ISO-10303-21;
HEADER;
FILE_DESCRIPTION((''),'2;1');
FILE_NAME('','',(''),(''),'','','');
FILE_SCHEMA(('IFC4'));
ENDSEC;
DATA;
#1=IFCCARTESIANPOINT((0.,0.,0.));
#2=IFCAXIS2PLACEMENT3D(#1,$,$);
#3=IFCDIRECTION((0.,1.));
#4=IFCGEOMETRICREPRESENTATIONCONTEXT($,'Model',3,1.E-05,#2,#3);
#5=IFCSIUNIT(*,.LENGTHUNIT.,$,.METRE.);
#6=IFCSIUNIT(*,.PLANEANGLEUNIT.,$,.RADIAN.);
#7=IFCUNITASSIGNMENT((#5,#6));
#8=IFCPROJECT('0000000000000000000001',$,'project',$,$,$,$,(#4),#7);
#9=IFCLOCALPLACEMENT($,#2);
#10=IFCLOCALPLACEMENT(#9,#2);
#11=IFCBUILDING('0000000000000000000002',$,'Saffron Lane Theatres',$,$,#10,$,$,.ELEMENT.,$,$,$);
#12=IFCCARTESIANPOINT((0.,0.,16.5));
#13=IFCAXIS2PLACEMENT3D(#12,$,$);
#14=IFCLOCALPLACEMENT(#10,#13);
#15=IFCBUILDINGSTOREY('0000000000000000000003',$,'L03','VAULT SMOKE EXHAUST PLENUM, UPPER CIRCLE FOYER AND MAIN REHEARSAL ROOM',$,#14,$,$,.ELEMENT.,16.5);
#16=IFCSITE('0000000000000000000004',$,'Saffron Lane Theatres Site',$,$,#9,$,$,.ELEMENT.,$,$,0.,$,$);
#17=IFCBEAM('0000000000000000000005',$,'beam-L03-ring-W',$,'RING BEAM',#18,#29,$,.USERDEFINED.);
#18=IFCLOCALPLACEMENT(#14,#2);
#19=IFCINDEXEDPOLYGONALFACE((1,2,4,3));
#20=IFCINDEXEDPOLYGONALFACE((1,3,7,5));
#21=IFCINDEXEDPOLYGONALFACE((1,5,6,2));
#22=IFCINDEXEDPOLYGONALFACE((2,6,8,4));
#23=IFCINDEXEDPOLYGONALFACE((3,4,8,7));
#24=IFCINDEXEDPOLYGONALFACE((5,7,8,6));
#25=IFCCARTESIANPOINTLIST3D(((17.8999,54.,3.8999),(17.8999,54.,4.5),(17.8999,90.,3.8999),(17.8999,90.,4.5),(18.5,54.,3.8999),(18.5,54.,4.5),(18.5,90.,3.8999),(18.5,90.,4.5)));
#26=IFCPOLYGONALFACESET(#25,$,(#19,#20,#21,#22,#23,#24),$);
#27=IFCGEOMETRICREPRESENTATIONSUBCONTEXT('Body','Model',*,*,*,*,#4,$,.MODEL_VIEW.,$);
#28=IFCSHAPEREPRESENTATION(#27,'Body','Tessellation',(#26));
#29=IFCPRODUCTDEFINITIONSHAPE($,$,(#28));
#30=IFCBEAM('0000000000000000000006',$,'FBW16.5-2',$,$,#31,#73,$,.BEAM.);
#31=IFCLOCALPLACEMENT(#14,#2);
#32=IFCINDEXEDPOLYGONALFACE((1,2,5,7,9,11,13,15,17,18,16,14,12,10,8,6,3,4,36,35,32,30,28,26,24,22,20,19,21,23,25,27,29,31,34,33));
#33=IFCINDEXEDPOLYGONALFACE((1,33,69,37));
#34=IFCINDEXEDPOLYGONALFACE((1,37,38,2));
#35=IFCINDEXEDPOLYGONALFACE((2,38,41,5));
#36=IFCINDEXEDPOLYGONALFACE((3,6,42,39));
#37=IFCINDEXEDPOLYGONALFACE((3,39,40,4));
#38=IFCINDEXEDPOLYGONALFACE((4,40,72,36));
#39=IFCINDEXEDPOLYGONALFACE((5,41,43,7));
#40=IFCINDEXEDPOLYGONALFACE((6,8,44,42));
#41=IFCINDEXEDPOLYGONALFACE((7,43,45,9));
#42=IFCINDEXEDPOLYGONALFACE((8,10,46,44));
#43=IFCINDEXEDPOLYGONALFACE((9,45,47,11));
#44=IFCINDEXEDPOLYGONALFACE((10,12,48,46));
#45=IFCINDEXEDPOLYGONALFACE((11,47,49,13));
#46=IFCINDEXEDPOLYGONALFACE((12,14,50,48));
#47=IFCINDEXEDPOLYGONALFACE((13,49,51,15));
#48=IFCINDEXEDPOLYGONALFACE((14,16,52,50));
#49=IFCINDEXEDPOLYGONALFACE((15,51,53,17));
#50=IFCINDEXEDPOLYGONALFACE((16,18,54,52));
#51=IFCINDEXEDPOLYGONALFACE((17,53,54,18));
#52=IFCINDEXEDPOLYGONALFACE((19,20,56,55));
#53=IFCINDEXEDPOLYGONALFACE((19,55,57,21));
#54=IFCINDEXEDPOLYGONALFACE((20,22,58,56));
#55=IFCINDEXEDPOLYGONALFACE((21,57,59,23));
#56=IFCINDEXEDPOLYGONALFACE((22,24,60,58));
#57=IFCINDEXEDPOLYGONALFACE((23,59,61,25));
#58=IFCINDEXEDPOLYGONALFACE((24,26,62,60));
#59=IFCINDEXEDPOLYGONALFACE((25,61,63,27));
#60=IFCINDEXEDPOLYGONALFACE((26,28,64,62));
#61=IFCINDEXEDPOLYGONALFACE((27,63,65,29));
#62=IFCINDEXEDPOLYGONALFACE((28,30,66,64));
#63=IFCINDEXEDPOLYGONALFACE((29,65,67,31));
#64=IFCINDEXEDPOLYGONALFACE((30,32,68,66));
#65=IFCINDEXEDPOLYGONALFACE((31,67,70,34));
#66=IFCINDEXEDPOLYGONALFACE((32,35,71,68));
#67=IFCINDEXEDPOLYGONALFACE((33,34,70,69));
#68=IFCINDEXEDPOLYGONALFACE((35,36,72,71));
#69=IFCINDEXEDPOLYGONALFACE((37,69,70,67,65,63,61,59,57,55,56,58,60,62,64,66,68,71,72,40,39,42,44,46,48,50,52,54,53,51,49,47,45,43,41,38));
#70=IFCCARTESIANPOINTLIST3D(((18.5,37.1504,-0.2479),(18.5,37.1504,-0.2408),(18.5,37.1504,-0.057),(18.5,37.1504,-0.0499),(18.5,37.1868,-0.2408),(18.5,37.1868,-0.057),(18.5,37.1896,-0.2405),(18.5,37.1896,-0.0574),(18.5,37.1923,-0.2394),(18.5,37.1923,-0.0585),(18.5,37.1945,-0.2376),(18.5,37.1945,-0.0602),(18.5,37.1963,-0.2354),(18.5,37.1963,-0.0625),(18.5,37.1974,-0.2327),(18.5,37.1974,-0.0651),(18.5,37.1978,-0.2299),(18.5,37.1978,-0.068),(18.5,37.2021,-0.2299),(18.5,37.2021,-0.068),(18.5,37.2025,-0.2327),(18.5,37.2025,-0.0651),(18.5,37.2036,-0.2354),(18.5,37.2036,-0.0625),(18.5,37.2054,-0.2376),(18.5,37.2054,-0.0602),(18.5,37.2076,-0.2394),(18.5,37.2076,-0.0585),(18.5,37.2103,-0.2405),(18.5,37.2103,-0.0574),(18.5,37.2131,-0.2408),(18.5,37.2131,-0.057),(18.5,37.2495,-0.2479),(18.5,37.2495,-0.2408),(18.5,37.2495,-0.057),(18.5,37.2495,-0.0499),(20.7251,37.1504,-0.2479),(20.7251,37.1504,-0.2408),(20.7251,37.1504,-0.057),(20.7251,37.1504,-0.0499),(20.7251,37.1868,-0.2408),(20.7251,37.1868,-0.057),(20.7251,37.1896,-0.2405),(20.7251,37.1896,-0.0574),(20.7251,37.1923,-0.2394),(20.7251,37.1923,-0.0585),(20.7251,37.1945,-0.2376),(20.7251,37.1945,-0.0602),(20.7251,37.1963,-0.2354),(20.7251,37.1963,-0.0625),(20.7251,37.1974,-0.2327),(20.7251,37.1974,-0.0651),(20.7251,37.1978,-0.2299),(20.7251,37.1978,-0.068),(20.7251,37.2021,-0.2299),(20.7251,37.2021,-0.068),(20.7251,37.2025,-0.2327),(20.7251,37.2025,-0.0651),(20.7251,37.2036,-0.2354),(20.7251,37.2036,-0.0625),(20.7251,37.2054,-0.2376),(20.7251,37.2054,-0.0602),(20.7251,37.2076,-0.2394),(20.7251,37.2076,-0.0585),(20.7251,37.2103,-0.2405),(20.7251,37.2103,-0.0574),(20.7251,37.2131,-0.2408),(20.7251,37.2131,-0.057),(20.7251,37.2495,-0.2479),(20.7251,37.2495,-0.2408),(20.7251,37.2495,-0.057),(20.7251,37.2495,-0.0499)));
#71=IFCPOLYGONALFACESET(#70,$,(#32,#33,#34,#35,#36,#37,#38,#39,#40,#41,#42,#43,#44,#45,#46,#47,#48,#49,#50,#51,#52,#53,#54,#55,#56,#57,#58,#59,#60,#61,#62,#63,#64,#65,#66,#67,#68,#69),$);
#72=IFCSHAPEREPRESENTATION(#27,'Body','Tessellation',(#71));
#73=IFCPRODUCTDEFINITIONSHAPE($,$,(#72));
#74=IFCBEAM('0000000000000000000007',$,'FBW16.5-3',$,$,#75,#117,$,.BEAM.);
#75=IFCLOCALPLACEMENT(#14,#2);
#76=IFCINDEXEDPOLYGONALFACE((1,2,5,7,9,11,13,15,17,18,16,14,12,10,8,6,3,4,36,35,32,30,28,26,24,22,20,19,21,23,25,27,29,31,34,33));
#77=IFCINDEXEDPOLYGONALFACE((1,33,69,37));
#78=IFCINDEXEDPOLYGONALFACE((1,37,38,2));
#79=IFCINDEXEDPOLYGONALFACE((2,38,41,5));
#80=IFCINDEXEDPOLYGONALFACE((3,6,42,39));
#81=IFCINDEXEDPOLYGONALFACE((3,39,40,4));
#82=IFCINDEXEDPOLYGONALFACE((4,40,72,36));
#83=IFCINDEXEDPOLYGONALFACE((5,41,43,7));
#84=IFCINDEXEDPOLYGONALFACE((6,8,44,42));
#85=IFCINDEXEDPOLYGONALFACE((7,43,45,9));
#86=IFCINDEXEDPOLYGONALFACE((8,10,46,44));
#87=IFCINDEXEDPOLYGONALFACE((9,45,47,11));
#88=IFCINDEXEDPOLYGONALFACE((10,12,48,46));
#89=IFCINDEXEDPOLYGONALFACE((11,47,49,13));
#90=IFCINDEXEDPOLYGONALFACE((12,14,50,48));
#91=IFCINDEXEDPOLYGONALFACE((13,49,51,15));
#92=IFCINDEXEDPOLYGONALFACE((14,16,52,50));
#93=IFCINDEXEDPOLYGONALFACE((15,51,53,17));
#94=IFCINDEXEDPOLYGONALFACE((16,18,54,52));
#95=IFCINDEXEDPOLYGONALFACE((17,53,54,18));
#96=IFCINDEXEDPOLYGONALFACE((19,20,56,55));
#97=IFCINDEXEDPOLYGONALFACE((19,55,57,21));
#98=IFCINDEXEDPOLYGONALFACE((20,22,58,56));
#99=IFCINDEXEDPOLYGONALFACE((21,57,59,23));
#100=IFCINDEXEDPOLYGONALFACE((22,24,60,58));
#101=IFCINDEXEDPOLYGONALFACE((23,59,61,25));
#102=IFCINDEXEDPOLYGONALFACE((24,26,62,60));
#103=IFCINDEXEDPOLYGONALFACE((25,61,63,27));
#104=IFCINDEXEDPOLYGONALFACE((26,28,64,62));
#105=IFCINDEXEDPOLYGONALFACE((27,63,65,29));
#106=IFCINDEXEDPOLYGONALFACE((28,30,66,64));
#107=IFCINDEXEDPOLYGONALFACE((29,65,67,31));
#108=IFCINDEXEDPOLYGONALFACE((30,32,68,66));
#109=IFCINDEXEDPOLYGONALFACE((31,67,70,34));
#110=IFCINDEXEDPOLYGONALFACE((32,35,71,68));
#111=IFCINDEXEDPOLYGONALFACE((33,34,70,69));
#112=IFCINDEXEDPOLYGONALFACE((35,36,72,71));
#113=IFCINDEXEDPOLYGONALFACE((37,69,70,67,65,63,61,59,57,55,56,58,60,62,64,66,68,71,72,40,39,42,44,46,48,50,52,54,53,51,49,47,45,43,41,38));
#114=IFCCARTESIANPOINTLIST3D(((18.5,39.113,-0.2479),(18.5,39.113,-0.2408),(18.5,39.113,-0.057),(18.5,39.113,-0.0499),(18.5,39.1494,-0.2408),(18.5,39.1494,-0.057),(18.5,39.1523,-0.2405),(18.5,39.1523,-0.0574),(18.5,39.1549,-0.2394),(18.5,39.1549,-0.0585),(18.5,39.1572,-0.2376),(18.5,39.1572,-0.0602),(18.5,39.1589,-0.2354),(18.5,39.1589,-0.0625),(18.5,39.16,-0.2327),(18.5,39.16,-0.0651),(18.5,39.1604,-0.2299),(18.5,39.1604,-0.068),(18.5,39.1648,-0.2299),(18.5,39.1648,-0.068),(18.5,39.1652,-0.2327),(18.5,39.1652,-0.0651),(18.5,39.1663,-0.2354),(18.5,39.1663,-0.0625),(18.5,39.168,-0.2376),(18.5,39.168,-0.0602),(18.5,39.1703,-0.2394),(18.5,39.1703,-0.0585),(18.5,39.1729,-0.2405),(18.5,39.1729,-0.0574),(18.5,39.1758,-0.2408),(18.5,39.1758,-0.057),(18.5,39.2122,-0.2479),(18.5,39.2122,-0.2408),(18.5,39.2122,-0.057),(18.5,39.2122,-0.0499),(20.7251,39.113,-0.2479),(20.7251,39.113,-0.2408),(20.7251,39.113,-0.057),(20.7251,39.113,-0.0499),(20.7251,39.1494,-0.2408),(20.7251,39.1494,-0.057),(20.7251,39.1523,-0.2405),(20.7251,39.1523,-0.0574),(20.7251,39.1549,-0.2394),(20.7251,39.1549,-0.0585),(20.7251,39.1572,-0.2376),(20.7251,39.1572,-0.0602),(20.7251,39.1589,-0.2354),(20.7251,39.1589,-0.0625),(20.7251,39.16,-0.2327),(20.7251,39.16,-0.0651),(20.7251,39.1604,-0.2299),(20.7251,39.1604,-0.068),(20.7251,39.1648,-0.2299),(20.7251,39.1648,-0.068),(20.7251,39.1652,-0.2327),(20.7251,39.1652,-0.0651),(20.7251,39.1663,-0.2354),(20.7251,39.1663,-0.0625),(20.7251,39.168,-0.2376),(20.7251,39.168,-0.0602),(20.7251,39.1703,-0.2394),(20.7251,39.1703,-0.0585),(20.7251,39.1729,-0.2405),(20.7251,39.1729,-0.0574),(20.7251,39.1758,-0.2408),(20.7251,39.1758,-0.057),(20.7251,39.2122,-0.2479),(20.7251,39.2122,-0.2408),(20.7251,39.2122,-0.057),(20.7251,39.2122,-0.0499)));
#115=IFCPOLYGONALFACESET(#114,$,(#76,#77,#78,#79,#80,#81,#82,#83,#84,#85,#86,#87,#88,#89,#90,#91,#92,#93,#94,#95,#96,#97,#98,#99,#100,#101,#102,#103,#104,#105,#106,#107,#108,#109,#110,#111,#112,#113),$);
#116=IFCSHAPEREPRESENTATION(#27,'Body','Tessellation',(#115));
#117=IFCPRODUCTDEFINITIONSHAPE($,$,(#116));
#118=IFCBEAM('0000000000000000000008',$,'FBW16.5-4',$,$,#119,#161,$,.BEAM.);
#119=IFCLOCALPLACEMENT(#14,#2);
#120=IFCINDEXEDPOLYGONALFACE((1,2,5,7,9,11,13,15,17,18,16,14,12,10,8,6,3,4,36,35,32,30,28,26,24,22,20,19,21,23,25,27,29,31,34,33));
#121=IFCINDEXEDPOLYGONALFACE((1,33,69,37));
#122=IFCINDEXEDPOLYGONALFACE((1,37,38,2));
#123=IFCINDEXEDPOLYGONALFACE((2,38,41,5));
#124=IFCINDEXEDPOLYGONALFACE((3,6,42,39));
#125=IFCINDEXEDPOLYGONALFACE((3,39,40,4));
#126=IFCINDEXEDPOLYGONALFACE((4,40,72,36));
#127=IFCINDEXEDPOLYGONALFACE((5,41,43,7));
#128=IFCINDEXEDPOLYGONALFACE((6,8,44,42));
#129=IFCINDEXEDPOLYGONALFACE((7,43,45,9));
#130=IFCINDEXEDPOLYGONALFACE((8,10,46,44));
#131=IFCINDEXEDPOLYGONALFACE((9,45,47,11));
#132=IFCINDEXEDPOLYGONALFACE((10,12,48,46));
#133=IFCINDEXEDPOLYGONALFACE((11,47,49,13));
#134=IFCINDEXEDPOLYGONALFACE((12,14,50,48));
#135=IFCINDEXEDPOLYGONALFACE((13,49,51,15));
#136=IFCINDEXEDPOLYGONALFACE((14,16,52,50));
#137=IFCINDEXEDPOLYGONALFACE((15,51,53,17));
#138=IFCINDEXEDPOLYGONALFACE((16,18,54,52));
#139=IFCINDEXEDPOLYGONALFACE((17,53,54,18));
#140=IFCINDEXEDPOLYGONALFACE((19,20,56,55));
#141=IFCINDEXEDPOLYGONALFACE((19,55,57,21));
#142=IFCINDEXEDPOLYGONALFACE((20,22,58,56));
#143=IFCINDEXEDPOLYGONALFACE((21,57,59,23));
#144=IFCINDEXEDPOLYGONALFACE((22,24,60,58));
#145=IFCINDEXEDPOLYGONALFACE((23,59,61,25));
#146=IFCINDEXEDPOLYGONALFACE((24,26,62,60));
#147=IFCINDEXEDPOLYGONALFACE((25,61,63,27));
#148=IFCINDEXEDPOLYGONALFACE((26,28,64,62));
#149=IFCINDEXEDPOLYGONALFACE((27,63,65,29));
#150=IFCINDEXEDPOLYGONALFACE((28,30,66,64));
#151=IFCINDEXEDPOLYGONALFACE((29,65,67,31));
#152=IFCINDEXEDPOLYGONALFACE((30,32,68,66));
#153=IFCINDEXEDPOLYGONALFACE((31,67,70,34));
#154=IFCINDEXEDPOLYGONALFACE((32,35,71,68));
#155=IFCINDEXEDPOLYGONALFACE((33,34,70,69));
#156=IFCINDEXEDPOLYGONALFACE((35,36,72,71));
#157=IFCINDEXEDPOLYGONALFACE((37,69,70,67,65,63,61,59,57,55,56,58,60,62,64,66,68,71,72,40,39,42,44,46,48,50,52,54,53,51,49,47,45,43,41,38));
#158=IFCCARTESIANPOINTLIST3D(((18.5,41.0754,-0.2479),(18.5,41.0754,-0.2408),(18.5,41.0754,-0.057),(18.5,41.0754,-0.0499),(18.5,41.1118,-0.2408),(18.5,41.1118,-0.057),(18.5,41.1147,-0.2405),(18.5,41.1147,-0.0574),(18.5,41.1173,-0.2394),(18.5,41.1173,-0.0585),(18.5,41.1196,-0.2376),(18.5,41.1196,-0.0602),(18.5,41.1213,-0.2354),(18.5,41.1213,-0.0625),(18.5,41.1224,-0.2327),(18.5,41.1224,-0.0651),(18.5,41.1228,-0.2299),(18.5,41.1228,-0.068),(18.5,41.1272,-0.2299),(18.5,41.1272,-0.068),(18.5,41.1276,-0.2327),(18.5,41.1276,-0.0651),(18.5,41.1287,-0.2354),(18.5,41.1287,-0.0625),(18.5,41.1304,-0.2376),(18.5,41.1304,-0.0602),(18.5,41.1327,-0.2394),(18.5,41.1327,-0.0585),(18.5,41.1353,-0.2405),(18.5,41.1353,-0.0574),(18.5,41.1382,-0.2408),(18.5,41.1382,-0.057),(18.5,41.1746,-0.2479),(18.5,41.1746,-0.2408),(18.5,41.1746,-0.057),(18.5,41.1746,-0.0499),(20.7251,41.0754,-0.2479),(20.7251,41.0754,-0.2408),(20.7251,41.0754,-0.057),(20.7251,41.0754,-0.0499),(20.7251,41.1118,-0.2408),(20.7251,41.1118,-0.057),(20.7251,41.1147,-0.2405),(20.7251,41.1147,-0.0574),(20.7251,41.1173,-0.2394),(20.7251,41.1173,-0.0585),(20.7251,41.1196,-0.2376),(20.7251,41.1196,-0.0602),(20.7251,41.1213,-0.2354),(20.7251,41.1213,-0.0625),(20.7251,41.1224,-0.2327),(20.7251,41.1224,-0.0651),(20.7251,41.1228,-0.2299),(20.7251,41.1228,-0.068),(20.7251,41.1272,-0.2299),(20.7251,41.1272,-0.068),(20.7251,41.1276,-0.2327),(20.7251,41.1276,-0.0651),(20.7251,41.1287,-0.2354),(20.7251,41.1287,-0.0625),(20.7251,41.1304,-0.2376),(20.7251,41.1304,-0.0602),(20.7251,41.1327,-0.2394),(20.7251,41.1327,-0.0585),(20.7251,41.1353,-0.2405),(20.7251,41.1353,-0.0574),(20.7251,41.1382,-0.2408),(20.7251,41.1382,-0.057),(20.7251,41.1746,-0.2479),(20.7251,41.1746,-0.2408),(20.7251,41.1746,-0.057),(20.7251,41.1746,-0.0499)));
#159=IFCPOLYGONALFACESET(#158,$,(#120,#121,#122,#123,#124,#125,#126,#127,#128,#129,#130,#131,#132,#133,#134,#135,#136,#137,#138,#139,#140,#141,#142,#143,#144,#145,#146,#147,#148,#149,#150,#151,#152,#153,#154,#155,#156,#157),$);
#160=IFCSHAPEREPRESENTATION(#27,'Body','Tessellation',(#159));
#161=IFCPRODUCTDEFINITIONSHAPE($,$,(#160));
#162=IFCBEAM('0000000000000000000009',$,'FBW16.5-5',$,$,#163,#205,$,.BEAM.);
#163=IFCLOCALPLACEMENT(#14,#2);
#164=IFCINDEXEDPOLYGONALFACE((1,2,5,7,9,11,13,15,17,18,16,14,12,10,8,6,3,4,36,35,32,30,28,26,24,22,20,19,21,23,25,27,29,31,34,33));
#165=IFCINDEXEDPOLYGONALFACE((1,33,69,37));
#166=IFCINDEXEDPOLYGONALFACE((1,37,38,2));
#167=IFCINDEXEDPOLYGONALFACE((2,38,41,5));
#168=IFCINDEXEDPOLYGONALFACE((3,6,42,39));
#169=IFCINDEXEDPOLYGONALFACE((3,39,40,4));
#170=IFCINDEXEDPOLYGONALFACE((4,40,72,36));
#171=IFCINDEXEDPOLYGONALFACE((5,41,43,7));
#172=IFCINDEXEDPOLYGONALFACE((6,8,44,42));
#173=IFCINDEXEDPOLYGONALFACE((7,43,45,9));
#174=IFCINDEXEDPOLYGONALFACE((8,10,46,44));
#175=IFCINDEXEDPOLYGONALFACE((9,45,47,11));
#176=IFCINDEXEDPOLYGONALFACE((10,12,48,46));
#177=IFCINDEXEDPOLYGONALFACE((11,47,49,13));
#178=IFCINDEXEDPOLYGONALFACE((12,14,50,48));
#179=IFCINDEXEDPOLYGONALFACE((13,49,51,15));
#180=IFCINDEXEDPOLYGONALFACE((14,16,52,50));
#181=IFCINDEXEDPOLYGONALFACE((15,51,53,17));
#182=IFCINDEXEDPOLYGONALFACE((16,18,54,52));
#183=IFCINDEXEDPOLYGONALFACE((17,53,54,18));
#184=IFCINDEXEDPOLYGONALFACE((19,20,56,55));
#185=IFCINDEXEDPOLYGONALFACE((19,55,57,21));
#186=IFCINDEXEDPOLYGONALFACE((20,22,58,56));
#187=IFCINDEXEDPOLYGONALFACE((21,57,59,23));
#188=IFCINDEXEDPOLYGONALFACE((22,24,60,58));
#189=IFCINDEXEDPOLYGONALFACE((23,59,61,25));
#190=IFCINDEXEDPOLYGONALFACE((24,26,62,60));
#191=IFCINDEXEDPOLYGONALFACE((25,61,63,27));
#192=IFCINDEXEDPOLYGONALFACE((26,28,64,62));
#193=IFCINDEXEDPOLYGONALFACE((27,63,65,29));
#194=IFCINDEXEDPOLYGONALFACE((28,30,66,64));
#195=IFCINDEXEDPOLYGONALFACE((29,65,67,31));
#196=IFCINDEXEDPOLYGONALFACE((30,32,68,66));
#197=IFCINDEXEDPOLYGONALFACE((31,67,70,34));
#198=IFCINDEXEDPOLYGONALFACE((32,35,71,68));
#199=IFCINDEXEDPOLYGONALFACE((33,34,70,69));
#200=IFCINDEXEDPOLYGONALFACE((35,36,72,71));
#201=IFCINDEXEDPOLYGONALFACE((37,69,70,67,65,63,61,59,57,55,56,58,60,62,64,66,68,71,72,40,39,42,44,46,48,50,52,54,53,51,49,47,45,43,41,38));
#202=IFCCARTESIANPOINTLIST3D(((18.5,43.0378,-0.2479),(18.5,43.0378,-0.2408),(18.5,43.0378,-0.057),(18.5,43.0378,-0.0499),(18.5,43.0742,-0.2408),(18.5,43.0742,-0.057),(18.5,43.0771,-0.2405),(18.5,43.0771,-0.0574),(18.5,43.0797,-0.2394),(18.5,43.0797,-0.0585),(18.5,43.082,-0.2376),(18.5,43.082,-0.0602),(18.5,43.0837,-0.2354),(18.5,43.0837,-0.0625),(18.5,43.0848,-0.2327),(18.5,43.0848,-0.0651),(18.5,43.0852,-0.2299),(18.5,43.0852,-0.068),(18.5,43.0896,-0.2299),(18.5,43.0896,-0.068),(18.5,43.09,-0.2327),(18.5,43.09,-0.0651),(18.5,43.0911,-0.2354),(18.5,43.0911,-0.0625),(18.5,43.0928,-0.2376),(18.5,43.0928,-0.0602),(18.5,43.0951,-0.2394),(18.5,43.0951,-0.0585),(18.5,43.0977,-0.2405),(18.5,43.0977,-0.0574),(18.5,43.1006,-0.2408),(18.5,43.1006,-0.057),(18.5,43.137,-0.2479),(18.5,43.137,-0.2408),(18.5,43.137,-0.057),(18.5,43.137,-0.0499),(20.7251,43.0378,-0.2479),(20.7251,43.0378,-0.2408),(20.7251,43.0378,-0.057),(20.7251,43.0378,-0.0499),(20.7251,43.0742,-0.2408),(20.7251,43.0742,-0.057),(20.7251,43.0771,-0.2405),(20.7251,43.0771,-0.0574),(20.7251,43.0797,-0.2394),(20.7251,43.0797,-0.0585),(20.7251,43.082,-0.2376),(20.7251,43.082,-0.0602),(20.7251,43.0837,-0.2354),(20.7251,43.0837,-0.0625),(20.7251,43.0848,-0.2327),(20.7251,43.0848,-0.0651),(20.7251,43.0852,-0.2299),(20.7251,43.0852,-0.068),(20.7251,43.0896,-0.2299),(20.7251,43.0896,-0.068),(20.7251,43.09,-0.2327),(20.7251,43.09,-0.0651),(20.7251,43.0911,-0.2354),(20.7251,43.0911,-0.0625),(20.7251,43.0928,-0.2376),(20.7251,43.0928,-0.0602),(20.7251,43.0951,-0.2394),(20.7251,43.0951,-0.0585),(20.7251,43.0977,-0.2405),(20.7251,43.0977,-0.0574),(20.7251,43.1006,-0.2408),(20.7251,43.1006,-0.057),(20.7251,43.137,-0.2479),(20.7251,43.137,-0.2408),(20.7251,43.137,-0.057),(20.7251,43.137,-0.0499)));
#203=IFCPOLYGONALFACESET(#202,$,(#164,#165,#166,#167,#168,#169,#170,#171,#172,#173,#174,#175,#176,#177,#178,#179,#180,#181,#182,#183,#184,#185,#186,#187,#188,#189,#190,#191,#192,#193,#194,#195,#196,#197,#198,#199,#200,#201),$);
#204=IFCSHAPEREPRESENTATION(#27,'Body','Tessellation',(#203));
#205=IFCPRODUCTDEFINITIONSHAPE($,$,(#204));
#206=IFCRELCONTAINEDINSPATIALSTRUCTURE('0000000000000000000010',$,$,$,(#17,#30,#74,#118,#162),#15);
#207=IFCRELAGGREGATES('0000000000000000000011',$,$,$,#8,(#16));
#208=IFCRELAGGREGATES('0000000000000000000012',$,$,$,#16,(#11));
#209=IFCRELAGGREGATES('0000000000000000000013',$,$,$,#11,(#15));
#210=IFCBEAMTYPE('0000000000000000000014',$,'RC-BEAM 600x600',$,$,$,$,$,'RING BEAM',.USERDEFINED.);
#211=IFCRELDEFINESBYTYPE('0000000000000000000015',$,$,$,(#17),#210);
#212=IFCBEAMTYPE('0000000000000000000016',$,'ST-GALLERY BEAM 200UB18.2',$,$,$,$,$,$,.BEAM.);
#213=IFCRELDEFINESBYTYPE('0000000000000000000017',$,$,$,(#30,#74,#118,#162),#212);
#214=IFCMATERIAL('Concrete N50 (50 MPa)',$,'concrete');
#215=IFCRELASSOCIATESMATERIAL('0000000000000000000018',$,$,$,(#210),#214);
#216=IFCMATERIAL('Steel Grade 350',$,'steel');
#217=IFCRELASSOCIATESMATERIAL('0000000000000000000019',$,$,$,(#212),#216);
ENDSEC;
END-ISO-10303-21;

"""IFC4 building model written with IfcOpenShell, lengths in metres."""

from ifc_helpers import new_model, si_unit, direction, frame, origin, origin_2d, place, context, subcontext, project, spatial, rectangle, i_section, extrude, material, material_profile, profile_set, type_object, element, save


model = new_model("IFC4")

# Units and contexts
model_context = context("Model", 3, precision=1e-05, world=origin(), true_north=direction((0.0, 1.0)))
body_context = subcontext(model_context, "Body", "Model", "MODEL_VIEW")
ifc_project = project(units=[si_unit("LENGTHUNIT", "METRE"), si_unit("PLANEANGLEUNIT", "RADIAN")], contexts=[model_context])

# Site, building, storey
site_placement = place(None, origin())
site = spatial("IfcSite", under=ifc_project, at=site_placement, Name="Saffron Lane Theatres Site", CompositionType="ELEMENT", RefElevation=0.0)
building_placement = place(site_placement, origin())
building = spatial("IfcBuilding", under=site, at=building_placement, Name="Saffron Lane Theatres", CompositionType="ELEMENT")
storey_placement = place(building_placement, frame((0.0, 0.0, 16.5)))
storey = spatial("IfcBuildingStorey", under=building, at=storey_placement, Name="L03", Description="VAULT SMOKE EXHAUST PLENUM, UPPER CIRCLE FOYER AND MAIN REHEARSAL ROOM", CompositionType="ELEMENT", Elevation=16.5)

# Beams
ifc_material_1 = material(Name="Concrete N50 (50 MPa)", Category="concrete")
ifc_material_profile_1 = material_profile(ifc_material_1, rectangle(XDim=0.6001, YDim=0.6001, at=origin_2d()))
ifc_profile_set_1 = profile_set([ifc_material_profile_1], Name="Concrete N50 (50 MPa)")
beam_type_1 = type_object("IfcBeamType", Name="RC-BEAM 600x600", ElementType="RING BEAM", PredefinedType="USERDEFINED", material=ifc_profile_set_1)
beam_1_placement = place(storey_placement, frame((18.2, 54.0, 4.2), z_axis=(0.0, 1.0, 0.0), x_axis=(-1.0, 0.0, 0.0)))
element("IfcBeam", 1, at=beam_1_placement, inside=storey, type_object=beam_type_1, Name="beam-L03-ring-W", ObjectType="RING BEAM", PredefinedType="USERDEFINED", context=body_context, shape_type="SweptSolid", body=[
    extrude(rectangle(XDim=0.6001, YDim=0.6001, at=origin_2d()), origin(), (0.0, 0.0, 1.0), 36.0),
])
ifc_material_2 = material(Name="Steel Grade 350", Category="steel")
ifc_material_profile_2 = material_profile(ifc_material_2, i_section(OverallWidth=0.0991, OverallDepth=0.198, WebThickness=0.0044, FlangeThickness=0.0071, FilletRadius=0.011, at=origin_2d()))
ifc_profile_set_2 = profile_set([ifc_material_profile_2], Name="Steel Grade 350")
beam_type_2 = type_object("IfcBeamType", Name="ST-GALLERY BEAM 200UB18.2", PredefinedType="BEAM", material=ifc_profile_set_2)
for number, where, z_axis, x_axis, name in (
    (2, (18.5, 37.2, -0.1489), (1.0, 0.0, 0.0), (0.0, 1.0, 0.0), "FBW16.5-2"),
    (3, (18.5, 39.1626, -0.1489), (1.0, 0.0, 0.0), (0.0, 1.0, 0.0), "FBW16.5-3"),
    (4, (18.5, 41.125, -0.1489), (1.0, 0.0, 0.0), (0.0, 1.0, 0.0), "FBW16.5-4"),
    (5, (18.5, 43.0874, -0.1489), (1.0, 0.0, 0.0), (0.0, 1.0, 0.0), "FBW16.5-5"),
):
    element("IfcBeam", number, at=place(storey_placement, frame(where, z_axis=z_axis, x_axis=x_axis)), inside=storey, type_object=beam_type_2, Name=name, PredefinedType="BEAM", context=body_context, shape_type="SweptSolid", body=[
        extrude(i_section(OverallWidth=0.0991, OverallDepth=0.198, WebThickness=0.0044, FlangeThickness=0.0071, FilletRadius=0.011, at=origin_2d()), origin(), (0.0, 0.0, 1.0), 2.2251),
    ])

save(model, "model.ifc")
